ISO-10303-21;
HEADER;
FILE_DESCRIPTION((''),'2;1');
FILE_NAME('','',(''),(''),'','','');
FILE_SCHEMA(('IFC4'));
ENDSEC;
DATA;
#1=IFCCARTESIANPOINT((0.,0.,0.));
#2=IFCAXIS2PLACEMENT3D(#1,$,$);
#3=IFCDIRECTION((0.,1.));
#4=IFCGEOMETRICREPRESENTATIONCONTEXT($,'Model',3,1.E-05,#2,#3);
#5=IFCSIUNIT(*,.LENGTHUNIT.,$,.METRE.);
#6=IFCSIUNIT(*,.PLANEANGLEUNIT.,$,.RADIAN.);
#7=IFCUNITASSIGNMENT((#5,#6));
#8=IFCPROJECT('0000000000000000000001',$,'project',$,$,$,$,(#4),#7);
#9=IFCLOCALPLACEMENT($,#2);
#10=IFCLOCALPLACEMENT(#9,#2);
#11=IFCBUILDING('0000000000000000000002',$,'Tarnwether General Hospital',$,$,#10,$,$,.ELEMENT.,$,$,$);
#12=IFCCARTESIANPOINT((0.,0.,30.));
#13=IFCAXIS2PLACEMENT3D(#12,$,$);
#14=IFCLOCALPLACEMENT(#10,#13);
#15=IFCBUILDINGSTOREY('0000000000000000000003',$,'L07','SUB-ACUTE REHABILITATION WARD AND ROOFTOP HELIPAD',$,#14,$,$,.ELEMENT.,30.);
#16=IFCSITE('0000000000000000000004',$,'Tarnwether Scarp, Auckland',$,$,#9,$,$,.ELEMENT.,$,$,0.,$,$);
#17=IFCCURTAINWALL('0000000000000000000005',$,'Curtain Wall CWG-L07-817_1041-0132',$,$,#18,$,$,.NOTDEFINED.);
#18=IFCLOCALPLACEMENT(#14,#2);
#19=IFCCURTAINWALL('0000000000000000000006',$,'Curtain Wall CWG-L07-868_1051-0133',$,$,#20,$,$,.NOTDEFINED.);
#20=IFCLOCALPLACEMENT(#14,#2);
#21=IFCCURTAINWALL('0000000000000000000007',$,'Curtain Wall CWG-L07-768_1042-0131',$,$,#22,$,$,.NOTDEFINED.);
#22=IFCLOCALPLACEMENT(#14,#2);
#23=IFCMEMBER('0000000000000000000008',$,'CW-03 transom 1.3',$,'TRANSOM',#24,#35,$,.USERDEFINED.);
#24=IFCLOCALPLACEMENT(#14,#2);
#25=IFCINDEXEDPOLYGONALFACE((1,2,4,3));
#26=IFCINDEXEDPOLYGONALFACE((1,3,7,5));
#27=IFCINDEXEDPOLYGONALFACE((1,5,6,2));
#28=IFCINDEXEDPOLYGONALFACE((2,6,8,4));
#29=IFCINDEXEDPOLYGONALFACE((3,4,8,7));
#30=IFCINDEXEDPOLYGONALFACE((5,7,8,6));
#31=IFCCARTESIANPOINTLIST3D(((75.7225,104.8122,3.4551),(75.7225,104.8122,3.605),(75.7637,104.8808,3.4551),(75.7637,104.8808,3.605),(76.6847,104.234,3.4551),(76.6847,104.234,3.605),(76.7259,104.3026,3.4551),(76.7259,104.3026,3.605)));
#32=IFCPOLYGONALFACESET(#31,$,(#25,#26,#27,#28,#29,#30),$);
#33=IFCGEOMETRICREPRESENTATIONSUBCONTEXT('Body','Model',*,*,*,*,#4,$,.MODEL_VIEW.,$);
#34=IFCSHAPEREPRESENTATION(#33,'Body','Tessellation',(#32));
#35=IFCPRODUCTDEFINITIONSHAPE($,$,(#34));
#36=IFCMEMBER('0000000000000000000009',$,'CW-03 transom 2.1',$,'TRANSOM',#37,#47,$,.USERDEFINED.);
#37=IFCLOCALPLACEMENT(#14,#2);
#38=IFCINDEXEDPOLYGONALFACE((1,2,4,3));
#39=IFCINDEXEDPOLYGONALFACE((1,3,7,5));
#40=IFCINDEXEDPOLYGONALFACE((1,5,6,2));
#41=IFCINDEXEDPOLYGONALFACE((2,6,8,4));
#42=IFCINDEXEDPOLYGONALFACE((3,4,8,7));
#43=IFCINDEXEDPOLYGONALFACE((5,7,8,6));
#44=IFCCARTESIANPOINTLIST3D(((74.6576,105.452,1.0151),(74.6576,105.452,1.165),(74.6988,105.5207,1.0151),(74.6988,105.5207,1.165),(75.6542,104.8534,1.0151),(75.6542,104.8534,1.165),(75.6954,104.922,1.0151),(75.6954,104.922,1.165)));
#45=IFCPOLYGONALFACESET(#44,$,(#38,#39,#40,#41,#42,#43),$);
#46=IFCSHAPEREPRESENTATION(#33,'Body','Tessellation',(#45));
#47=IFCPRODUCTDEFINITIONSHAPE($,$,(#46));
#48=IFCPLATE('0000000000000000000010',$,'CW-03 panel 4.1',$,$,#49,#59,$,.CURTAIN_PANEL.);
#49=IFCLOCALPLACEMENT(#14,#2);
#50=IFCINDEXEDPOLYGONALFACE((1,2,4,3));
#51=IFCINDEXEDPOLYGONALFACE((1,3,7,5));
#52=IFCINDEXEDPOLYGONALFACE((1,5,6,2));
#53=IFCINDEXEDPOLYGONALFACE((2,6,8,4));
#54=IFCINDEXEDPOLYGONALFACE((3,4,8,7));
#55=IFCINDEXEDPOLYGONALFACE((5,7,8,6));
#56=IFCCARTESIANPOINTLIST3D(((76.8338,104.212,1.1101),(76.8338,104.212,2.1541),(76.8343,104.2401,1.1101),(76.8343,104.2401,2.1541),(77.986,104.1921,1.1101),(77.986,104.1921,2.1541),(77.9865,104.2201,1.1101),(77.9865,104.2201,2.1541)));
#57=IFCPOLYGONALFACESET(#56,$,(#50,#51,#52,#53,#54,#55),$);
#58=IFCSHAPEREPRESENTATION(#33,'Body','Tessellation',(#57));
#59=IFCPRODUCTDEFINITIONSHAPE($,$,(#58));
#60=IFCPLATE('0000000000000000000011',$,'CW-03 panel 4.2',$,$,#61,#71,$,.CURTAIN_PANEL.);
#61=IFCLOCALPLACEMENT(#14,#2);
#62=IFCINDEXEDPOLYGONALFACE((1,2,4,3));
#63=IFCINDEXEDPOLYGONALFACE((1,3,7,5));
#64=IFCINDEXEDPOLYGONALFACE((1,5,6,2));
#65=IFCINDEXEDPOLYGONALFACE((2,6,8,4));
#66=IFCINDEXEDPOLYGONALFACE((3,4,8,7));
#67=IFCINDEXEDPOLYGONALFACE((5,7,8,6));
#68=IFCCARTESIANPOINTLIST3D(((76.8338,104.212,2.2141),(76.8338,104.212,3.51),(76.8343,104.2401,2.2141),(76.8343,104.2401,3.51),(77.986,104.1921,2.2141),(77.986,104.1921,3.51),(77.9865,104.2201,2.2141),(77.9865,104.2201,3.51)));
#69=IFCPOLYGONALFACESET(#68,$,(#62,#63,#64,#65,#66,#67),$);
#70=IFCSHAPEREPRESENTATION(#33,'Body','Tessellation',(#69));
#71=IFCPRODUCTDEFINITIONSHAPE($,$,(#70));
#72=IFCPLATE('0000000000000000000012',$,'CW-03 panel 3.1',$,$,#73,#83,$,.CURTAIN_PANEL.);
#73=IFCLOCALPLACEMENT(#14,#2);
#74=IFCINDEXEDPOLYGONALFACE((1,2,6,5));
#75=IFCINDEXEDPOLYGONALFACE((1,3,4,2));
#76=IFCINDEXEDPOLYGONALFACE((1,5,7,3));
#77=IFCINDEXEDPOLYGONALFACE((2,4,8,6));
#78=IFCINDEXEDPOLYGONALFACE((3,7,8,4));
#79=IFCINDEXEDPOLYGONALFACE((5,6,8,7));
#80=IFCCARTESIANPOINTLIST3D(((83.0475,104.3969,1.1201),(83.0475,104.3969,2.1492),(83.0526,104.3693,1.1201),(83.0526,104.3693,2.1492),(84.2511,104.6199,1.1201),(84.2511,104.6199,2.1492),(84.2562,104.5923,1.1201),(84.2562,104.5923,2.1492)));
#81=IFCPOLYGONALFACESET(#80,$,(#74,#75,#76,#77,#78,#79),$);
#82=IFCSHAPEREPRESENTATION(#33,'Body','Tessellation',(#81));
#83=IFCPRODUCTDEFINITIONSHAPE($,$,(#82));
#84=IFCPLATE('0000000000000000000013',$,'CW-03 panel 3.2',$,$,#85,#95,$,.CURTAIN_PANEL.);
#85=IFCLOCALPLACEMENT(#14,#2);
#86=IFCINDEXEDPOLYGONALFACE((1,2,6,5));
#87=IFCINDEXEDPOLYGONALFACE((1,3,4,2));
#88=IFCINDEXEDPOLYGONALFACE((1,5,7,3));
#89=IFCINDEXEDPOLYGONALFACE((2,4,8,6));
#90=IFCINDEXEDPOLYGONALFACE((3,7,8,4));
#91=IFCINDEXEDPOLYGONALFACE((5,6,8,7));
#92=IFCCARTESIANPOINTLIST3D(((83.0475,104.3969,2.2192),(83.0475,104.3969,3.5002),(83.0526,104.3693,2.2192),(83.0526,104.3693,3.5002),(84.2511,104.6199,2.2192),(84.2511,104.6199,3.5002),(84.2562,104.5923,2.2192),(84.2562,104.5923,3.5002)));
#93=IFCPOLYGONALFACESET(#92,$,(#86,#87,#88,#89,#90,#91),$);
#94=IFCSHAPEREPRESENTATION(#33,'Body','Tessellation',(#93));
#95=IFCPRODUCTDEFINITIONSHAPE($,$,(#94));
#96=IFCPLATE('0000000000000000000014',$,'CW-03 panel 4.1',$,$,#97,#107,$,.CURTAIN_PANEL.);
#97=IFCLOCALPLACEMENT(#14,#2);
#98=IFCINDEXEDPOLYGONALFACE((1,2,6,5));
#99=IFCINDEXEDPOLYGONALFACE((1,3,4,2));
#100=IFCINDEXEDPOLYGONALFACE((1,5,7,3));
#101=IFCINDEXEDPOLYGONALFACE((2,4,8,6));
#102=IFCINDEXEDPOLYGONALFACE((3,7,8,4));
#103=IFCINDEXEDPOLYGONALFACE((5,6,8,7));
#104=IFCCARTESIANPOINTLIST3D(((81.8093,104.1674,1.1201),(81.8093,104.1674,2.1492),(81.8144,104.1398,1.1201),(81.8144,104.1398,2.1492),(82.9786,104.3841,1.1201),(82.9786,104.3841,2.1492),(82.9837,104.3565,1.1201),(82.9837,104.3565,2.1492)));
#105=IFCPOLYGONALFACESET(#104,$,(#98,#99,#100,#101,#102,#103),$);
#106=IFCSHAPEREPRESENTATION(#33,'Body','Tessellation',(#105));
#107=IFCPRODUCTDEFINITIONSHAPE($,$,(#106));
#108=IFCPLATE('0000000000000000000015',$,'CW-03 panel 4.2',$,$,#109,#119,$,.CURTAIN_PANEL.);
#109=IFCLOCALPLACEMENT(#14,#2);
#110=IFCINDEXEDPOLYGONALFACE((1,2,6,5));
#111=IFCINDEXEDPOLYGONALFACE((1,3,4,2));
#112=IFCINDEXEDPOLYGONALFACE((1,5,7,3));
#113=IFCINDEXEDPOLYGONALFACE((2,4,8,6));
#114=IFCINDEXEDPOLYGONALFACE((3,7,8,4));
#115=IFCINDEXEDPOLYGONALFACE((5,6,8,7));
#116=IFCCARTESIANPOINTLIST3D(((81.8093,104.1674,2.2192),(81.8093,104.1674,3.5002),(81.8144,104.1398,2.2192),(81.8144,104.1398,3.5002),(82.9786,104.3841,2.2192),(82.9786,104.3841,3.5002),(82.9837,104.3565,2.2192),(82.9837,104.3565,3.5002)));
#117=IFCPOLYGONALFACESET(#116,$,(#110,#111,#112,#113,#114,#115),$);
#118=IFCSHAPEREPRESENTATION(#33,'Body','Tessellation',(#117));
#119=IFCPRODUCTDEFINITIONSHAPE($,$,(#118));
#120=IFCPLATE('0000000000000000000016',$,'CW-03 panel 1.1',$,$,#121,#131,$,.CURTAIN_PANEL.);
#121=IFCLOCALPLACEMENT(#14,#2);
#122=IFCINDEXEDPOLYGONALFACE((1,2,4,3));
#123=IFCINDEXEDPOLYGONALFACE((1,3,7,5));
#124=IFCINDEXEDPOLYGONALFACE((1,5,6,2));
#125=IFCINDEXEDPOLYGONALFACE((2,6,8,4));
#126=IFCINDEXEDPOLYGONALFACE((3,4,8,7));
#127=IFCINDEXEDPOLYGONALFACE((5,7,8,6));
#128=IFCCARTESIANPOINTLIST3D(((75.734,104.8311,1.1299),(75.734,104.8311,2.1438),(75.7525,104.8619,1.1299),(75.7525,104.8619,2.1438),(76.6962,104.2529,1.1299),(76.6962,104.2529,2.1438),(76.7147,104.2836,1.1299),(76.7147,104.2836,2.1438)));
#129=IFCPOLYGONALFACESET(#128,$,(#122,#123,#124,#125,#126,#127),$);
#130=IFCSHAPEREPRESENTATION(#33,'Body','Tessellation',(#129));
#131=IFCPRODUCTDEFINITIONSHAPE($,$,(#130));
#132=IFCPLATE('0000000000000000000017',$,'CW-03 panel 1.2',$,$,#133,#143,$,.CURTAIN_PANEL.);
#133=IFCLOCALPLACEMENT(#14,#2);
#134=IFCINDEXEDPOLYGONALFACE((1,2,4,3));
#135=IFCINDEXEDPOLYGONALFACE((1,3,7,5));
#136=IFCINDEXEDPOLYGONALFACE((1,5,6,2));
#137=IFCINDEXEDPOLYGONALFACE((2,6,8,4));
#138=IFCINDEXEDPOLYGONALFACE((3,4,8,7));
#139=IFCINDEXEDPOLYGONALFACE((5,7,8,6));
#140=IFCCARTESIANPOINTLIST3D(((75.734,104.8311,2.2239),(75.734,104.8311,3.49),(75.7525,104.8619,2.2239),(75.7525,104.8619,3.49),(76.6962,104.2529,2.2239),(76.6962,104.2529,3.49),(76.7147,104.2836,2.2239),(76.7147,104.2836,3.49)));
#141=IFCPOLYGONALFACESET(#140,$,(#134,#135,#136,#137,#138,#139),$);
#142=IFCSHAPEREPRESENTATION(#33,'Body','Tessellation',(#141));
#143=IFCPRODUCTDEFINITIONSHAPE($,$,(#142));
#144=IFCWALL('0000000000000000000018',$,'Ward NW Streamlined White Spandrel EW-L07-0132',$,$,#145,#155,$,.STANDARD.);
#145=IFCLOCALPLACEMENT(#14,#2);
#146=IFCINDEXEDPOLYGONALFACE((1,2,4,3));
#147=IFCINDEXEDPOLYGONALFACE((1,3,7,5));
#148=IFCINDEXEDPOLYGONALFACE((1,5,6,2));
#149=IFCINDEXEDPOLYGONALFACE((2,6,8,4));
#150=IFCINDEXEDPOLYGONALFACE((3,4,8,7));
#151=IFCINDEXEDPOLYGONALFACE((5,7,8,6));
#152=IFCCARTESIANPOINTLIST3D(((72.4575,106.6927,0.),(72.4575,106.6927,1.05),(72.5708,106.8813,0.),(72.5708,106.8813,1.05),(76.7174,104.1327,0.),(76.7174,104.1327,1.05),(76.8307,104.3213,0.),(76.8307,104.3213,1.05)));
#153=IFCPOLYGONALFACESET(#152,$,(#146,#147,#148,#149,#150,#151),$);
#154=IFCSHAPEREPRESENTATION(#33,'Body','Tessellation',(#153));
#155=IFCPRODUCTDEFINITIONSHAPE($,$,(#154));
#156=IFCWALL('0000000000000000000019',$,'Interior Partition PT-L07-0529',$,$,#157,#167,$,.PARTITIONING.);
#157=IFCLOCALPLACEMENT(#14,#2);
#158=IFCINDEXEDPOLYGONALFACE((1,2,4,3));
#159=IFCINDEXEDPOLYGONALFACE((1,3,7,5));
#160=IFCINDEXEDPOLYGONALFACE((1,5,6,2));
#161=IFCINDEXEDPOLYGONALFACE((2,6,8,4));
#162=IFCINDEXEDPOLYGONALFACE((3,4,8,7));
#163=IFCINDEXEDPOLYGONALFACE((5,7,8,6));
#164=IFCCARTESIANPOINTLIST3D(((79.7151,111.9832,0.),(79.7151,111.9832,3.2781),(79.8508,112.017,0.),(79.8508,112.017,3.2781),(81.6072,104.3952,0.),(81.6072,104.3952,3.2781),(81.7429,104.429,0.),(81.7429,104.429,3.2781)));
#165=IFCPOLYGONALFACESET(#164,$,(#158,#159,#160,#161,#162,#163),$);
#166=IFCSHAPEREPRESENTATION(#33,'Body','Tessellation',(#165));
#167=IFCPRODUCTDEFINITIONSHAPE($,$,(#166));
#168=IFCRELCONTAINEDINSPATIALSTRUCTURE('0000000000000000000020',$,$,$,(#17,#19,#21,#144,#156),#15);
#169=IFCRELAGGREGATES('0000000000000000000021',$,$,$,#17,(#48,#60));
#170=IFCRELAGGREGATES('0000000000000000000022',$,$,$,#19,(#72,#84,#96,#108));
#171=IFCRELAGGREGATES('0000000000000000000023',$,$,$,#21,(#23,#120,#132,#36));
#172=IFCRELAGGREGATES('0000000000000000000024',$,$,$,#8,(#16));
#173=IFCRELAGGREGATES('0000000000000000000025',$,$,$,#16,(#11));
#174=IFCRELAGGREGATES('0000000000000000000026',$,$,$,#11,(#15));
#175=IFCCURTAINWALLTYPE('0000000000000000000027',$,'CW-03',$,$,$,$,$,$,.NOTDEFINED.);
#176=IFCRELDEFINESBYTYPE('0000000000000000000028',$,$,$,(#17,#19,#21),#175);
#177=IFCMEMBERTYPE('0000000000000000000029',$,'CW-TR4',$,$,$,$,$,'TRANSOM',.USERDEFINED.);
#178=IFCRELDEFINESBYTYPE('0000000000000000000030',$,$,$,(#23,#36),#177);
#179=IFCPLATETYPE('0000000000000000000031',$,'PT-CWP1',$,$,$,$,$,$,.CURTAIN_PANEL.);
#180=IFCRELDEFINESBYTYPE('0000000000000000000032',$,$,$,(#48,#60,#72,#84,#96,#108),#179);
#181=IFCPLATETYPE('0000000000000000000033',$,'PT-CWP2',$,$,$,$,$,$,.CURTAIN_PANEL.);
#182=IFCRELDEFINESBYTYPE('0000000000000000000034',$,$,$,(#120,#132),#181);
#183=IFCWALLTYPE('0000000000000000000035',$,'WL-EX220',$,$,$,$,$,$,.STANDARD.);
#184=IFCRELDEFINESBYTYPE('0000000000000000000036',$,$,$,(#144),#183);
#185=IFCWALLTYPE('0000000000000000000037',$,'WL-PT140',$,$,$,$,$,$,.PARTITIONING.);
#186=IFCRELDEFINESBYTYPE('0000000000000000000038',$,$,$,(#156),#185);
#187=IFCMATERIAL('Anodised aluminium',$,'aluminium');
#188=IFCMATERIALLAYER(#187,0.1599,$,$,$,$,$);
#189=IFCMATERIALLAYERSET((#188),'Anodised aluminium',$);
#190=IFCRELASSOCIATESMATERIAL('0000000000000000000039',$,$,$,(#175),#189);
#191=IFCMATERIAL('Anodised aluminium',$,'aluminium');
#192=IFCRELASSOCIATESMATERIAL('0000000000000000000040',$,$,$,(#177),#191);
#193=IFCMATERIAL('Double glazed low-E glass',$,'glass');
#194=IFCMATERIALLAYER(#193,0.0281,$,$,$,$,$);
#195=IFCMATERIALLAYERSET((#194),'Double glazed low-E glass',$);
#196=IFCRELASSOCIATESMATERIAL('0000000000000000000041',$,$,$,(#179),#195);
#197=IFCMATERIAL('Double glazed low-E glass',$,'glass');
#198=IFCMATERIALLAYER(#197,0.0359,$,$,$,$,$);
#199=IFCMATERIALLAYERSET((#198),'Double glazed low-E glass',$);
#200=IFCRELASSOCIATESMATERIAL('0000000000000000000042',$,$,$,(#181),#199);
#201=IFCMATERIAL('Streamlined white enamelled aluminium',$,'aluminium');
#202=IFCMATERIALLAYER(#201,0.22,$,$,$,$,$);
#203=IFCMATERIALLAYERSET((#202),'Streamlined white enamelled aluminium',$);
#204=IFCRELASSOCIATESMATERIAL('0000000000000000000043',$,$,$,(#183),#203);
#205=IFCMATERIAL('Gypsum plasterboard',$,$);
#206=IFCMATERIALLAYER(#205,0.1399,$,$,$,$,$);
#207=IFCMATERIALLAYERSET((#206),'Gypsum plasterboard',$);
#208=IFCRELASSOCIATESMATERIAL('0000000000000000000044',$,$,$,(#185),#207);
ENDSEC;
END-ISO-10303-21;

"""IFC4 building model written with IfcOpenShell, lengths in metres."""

from ifc_helpers import new_model, si_unit, direction, frame, frame_2d, origin, origin_2d, place, context, subcontext, project, spatial, rectangle, extrude, material, layer, layer_set, material_profile, profile_set, type_object, element, aggregate, save


model = new_model("IFC4")

# Units and contexts
model_context = context("Model", 3, precision=1e-05, world=origin(), true_north=direction((0.0, 1.0)))
body_context = subcontext(model_context, "Body", "Model", "MODEL_VIEW")
ifc_project = project(units=[si_unit("LENGTHUNIT", "METRE"), si_unit("PLANEANGLEUNIT", "RADIAN")], contexts=[model_context])

# Site, building, storey
site_placement = place(None, origin())
site = spatial("IfcSite", under=ifc_project, at=site_placement, Name="Tarnwether Scarp, Auckland", CompositionType="ELEMENT", RefElevation=0.0)
building_placement = place(site_placement, origin())
building = spatial("IfcBuilding", under=site, at=building_placement, Name="Tarnwether General Hospital", CompositionType="ELEMENT")
storey_placement = place(building_placement, frame((0.0, 0.0, 30.0)))
storey = spatial("IfcBuildingStorey", under=building, at=storey_placement, Name="L07", Description="SUB-ACUTE REHABILITATION WARD AND ROOFTOP HELIPAD", CompositionType="ELEMENT", Elevation=30.0)

# Curtain wall
ifc_material_1 = material(Name="Anodised aluminium", Category="aluminium")
ifc_layer_1 = layer(ifc_material_1, 0.1599)
ifc_layer_set_1 = layer_set([ifc_layer_1], Name="Anodised aluminium")
curtain_wall_type = type_object("IfcCurtainWallType", Name="CW-03", PredefinedType="NOTDEFINED", material=ifc_layer_set_1)
curtain_wall_1_placement = place(storey_placement, origin())
curtain_wall_1 = element("IfcCurtainWall", 1, at=curtain_wall_1_placement, inside=storey, type_object=curtain_wall_type, Name="Curtain Wall CWG-L07-817_1041-0132", PredefinedType="NOTDEFINED")

# Curtain wall
curtain_wall_2_placement = place(storey_placement, origin())
curtain_wall_2 = element("IfcCurtainWall", 2, at=curtain_wall_2_placement, inside=storey, type_object=curtain_wall_type, Name="Curtain Wall CWG-L07-868_1051-0133", PredefinedType="NOTDEFINED")

# Curtain wall
curtain_wall_3_placement = place(storey_placement, origin())
curtain_wall_3 = element("IfcCurtainWall", 3, at=curtain_wall_3_placement, inside=storey, type_object=curtain_wall_type, Name="Curtain Wall CWG-L07-768_1042-0131", PredefinedType="NOTDEFINED")

# Members
ifc_material_2 = material(Name="Anodised aluminium", Category="aluminium")
ifc_material_profile_1 = material_profile(ifc_material_2, rectangle(XDim=0.0801, YDim=0.1499, at=origin_2d()), Name="ALU-TRN-80x150")
ifc_profile_set_1 = profile_set([ifc_material_profile_1], Name="Anodised aluminium")
member_type_1 = type_object("IfcMemberType", Name="CW-TR4", ElementType="TRANSOM", PredefinedType="USERDEFINED", material=ifc_profile_set_1)
member_1_placement = place(storey_placement, frame((76.7053, 104.2683, 3.53), z_axis=(-0.857167, 0.515039, 0.0), x_axis=(-0.515039, -0.857167, 0.0)))
member_1 = element("IfcMember", 4, at=member_1_placement, type_object=member_type_1, Name="CW-03 transom 1.3", ObjectType="TRANSOM", PredefinedType="USERDEFINED", context=body_context, shape_type="SweptSolid", body=[
    extrude(rectangle(XDim=0.0801, YDim=0.1499, at=origin_2d()), origin(), (0.0, 0.0, 1.0), 1.1226),
])
member_2_placement = place(storey_placement, frame((75.6748, 104.8877, 1.0901), z_axis=(-0.857233, 0.514928, 0.0), x_axis=(-0.514928, -0.857233, 0.0)))
member_2 = element("IfcMember", 5, at=member_2_placement, type_object=member_type_1, Name="CW-03 transom 2.1", ObjectType="TRANSOM", PredefinedType="USERDEFINED", context=body_context, shape_type="SweptSolid", body=[
    extrude(rectangle(XDim=0.0801, YDim=0.1499, at=origin_2d()), origin(), (0.0, 0.0, 1.0), 1.1626),
])

# Plates
ifc_material_3 = material(Name="Double glazed low-E glass", Category="glass")
ifc_layer_2 = layer(ifc_material_3, 0.0281)
ifc_layer_set_2 = layer_set([ifc_layer_2], Name="Double glazed low-E glass")
plate_type_1 = type_object("IfcPlateType", Name="PT-CWP1", PredefinedType="CURTAIN_PANEL", material=ifc_layer_set_2)
plate_1_placement = place(storey_placement, frame((77.4102, 104.2161, 1.1101), z_axis=(0.0, 0.0, 1.0), x_axis=(-0.99985, 0.017305, 0.0)))
plate_1 = element("IfcPlate", 6, at=plate_1_placement, type_object=plate_type_1, Name="CW-03 panel 4.1", PredefinedType="CURTAIN_PANEL", context=body_context, shape_type="SweptSolid", body=[
    extrude(rectangle(XDim=1.1523, YDim=0.0281, at=origin_2d()), origin(), (0.0, 0.0, 1.0), 1.0439),
])
plate_2_placement = place(storey_placement, frame((77.4102, 104.2161, 2.2141), z_axis=(0.0, 0.0, 1.0), x_axis=(-0.99985, 0.017305, 0.0)))
plate_2 = element("IfcPlate", 7, at=plate_2_placement, type_object=plate_type_1, Name="CW-03 panel 4.2", PredefinedType="CURTAIN_PANEL", context=body_context, shape_type="SweptSolid", body=[
    extrude(rectangle(XDim=1.1523, YDim=0.0281, at=origin_2d()), origin(), (0.0, 0.0, 1.0), 1.2959),
])
aggregate(curtain_wall_1, [plate_1, plate_2])
plate_3_placement = place(storey_placement, frame((83.6519, 104.4946, 1.1201), z_axis=(0.0, 0.0, 1.0), x_axis=(-0.983268, -0.182165, 0.0)))
plate_3 = element("IfcPlate", 8, at=plate_3_placement, type_object=plate_type_1, Name="CW-03 panel 3.1", PredefinedType="CURTAIN_PANEL", context=body_context, shape_type="SweptSolid", body=[
    extrude(rectangle(XDim=1.2241, YDim=0.0281, at=origin_2d()), origin(), (0.0, 0.0, 1.0), 1.0291),
])
plate_4_placement = place(storey_placement, frame((83.6519, 104.4946, 2.2192), z_axis=(0.0, 0.0, 1.0), x_axis=(-0.983268, -0.182165, 0.0)))
plate_4 = element("IfcPlate", 9, at=plate_4_placement, type_object=plate_type_1, Name="CW-03 panel 3.2", PredefinedType="CURTAIN_PANEL", context=body_context, shape_type="SweptSolid", body=[
    extrude(rectangle(XDim=1.2241, YDim=0.0281, at=origin_2d()), origin(), (0.0, 0.0, 1.0), 1.281),
])
plate_5_placement = place(storey_placement, frame((82.3965, 104.262, 1.1201), z_axis=(0.0, 0.0, 1.0), x_axis=(-0.983268, -0.182165, 0.0)))
plate_5 = element("IfcPlate", 10, at=plate_5_placement, type_object=plate_type_1, Name="CW-03 panel 4.1", PredefinedType="CURTAIN_PANEL", context=body_context, shape_type="SweptSolid", body=[
    extrude(rectangle(XDim=1.1892, YDim=0.0281, at=origin_2d()), origin(), (0.0, 0.0, 1.0), 1.0291),
])
plate_6_placement = place(storey_placement, frame((82.3965, 104.262, 2.2192), z_axis=(0.0, 0.0, 1.0), x_axis=(-0.983268, -0.182165, 0.0)))
plate_6 = element("IfcPlate", 11, at=plate_6_placement, type_object=plate_type_1, Name="CW-03 panel 4.2", PredefinedType="CURTAIN_PANEL", context=body_context, shape_type="SweptSolid", body=[
    extrude(rectangle(XDim=1.1892, YDim=0.0281, at=origin_2d()), origin(), (0.0, 0.0, 1.0), 1.281),
])
aggregate(curtain_wall_2, [plate_3, plate_4, plate_5, plate_6])
ifc_material_4 = material(Name="Double glazed low-E glass", Category="glass")
ifc_layer_3 = layer(ifc_material_4, 0.0359)
ifc_layer_set_3 = layer_set([ifc_layer_3], Name="Double glazed low-E glass")
plate_type_2 = type_object("IfcPlateType", Name="PT-CWP2", PredefinedType="CURTAIN_PANEL", material=ifc_layer_set_3)
plate_7_placement = place(storey_placement, frame((76.2244, 104.5574, 1.1299), z_axis=(0.0, 0.0, 1.0), x_axis=(-0.857138, 0.515087, 0.0)))
plate_7 = element("IfcPlate", 12, at=plate_7_placement, type_object=plate_type_2, Name="CW-03 panel 1.1", PredefinedType="CURTAIN_PANEL", context=body_context, shape_type="SweptSolid", body=[
    extrude(rectangle(XDim=1.1226, YDim=0.0359, at=origin_2d()), origin(), (0.0, 0.0, 1.0), 1.0139),
])
plate_8_placement = place(storey_placement, frame((76.2244, 104.5574, 2.2239), z_axis=(0.0, 0.0, 1.0), x_axis=(-0.857138, 0.515087, 0.0)))
plate_8 = element("IfcPlate", 13, at=plate_8_placement, type_object=plate_type_2, Name="CW-03 panel 1.2", PredefinedType="CURTAIN_PANEL", context=body_context, shape_type="SweptSolid", body=[
    extrude(rectangle(XDim=1.1226, YDim=0.0359, at=origin_2d()), origin(), (0.0, 0.0, 1.0), 1.2661),
])
aggregate(curtain_wall_3, [member_1, plate_7, plate_8, member_2])

# Walls
ifc_material_5 = material(Name="Streamlined white enamelled aluminium", Category="aluminium")
ifc_layer_4 = layer(ifc_material_5, 0.22)
ifc_layer_set_4 = layer_set([ifc_layer_4], Name="Streamlined white enamelled aluminium")
wall_type_1 = type_object("IfcWallType", Name="WL-EX220", PredefinedType="STANDARD", material=ifc_layer_set_4)
wall_1_placement = place(storey_placement, frame((76.7739, 104.2271, 0.0), z_axis=(0.0, 0.0, 1.0), x_axis=(-0.857133, 0.515095, 0.0)))
element("IfcWall", 14, at=wall_1_placement, inside=storey, type_object=wall_type_1, Name="Ward NW Streamlined White Spandrel EW-L07-0132", PredefinedType="STANDARD", context=body_context, shape_type="SweptSolid", body=[
    extrude(rectangle(XDim=4.97, YDim=0.22, at=frame_2d((2.4849, 0.0))), origin(), (0.0, 0.0, 1.0), 1.05),
])
ifc_material_6 = material(Name="Gypsum plasterboard")
ifc_layer_5 = layer(ifc_material_6, 0.1399)
ifc_layer_set_5 = layer_set([ifc_layer_5], Name="Gypsum plasterboard")
wall_type_2 = type_object("IfcWallType", Name="WL-PT140", PredefinedType="PARTITIONING", material=ifc_layer_set_5)
wall_2_placement = place(storey_placement, frame((81.675, 104.4121, 0.0), z_axis=(0.0, 0.0, 1.0), x_axis=(-0.241948, 0.970289, 0.0)))
element("IfcWall", 15, at=wall_2_placement, inside=storey, type_object=wall_type_2, Name="Interior Partition PT-L07-0529", PredefinedType="PARTITIONING", context=body_context, shape_type="SweptSolid", body=[
    extrude(rectangle(XDim=7.8203, YDim=0.1399, at=frame_2d((3.9102, 0.0))), origin(), (0.0, 0.0, 1.0), 3.2781),
])

save(model, "model.ifc")
